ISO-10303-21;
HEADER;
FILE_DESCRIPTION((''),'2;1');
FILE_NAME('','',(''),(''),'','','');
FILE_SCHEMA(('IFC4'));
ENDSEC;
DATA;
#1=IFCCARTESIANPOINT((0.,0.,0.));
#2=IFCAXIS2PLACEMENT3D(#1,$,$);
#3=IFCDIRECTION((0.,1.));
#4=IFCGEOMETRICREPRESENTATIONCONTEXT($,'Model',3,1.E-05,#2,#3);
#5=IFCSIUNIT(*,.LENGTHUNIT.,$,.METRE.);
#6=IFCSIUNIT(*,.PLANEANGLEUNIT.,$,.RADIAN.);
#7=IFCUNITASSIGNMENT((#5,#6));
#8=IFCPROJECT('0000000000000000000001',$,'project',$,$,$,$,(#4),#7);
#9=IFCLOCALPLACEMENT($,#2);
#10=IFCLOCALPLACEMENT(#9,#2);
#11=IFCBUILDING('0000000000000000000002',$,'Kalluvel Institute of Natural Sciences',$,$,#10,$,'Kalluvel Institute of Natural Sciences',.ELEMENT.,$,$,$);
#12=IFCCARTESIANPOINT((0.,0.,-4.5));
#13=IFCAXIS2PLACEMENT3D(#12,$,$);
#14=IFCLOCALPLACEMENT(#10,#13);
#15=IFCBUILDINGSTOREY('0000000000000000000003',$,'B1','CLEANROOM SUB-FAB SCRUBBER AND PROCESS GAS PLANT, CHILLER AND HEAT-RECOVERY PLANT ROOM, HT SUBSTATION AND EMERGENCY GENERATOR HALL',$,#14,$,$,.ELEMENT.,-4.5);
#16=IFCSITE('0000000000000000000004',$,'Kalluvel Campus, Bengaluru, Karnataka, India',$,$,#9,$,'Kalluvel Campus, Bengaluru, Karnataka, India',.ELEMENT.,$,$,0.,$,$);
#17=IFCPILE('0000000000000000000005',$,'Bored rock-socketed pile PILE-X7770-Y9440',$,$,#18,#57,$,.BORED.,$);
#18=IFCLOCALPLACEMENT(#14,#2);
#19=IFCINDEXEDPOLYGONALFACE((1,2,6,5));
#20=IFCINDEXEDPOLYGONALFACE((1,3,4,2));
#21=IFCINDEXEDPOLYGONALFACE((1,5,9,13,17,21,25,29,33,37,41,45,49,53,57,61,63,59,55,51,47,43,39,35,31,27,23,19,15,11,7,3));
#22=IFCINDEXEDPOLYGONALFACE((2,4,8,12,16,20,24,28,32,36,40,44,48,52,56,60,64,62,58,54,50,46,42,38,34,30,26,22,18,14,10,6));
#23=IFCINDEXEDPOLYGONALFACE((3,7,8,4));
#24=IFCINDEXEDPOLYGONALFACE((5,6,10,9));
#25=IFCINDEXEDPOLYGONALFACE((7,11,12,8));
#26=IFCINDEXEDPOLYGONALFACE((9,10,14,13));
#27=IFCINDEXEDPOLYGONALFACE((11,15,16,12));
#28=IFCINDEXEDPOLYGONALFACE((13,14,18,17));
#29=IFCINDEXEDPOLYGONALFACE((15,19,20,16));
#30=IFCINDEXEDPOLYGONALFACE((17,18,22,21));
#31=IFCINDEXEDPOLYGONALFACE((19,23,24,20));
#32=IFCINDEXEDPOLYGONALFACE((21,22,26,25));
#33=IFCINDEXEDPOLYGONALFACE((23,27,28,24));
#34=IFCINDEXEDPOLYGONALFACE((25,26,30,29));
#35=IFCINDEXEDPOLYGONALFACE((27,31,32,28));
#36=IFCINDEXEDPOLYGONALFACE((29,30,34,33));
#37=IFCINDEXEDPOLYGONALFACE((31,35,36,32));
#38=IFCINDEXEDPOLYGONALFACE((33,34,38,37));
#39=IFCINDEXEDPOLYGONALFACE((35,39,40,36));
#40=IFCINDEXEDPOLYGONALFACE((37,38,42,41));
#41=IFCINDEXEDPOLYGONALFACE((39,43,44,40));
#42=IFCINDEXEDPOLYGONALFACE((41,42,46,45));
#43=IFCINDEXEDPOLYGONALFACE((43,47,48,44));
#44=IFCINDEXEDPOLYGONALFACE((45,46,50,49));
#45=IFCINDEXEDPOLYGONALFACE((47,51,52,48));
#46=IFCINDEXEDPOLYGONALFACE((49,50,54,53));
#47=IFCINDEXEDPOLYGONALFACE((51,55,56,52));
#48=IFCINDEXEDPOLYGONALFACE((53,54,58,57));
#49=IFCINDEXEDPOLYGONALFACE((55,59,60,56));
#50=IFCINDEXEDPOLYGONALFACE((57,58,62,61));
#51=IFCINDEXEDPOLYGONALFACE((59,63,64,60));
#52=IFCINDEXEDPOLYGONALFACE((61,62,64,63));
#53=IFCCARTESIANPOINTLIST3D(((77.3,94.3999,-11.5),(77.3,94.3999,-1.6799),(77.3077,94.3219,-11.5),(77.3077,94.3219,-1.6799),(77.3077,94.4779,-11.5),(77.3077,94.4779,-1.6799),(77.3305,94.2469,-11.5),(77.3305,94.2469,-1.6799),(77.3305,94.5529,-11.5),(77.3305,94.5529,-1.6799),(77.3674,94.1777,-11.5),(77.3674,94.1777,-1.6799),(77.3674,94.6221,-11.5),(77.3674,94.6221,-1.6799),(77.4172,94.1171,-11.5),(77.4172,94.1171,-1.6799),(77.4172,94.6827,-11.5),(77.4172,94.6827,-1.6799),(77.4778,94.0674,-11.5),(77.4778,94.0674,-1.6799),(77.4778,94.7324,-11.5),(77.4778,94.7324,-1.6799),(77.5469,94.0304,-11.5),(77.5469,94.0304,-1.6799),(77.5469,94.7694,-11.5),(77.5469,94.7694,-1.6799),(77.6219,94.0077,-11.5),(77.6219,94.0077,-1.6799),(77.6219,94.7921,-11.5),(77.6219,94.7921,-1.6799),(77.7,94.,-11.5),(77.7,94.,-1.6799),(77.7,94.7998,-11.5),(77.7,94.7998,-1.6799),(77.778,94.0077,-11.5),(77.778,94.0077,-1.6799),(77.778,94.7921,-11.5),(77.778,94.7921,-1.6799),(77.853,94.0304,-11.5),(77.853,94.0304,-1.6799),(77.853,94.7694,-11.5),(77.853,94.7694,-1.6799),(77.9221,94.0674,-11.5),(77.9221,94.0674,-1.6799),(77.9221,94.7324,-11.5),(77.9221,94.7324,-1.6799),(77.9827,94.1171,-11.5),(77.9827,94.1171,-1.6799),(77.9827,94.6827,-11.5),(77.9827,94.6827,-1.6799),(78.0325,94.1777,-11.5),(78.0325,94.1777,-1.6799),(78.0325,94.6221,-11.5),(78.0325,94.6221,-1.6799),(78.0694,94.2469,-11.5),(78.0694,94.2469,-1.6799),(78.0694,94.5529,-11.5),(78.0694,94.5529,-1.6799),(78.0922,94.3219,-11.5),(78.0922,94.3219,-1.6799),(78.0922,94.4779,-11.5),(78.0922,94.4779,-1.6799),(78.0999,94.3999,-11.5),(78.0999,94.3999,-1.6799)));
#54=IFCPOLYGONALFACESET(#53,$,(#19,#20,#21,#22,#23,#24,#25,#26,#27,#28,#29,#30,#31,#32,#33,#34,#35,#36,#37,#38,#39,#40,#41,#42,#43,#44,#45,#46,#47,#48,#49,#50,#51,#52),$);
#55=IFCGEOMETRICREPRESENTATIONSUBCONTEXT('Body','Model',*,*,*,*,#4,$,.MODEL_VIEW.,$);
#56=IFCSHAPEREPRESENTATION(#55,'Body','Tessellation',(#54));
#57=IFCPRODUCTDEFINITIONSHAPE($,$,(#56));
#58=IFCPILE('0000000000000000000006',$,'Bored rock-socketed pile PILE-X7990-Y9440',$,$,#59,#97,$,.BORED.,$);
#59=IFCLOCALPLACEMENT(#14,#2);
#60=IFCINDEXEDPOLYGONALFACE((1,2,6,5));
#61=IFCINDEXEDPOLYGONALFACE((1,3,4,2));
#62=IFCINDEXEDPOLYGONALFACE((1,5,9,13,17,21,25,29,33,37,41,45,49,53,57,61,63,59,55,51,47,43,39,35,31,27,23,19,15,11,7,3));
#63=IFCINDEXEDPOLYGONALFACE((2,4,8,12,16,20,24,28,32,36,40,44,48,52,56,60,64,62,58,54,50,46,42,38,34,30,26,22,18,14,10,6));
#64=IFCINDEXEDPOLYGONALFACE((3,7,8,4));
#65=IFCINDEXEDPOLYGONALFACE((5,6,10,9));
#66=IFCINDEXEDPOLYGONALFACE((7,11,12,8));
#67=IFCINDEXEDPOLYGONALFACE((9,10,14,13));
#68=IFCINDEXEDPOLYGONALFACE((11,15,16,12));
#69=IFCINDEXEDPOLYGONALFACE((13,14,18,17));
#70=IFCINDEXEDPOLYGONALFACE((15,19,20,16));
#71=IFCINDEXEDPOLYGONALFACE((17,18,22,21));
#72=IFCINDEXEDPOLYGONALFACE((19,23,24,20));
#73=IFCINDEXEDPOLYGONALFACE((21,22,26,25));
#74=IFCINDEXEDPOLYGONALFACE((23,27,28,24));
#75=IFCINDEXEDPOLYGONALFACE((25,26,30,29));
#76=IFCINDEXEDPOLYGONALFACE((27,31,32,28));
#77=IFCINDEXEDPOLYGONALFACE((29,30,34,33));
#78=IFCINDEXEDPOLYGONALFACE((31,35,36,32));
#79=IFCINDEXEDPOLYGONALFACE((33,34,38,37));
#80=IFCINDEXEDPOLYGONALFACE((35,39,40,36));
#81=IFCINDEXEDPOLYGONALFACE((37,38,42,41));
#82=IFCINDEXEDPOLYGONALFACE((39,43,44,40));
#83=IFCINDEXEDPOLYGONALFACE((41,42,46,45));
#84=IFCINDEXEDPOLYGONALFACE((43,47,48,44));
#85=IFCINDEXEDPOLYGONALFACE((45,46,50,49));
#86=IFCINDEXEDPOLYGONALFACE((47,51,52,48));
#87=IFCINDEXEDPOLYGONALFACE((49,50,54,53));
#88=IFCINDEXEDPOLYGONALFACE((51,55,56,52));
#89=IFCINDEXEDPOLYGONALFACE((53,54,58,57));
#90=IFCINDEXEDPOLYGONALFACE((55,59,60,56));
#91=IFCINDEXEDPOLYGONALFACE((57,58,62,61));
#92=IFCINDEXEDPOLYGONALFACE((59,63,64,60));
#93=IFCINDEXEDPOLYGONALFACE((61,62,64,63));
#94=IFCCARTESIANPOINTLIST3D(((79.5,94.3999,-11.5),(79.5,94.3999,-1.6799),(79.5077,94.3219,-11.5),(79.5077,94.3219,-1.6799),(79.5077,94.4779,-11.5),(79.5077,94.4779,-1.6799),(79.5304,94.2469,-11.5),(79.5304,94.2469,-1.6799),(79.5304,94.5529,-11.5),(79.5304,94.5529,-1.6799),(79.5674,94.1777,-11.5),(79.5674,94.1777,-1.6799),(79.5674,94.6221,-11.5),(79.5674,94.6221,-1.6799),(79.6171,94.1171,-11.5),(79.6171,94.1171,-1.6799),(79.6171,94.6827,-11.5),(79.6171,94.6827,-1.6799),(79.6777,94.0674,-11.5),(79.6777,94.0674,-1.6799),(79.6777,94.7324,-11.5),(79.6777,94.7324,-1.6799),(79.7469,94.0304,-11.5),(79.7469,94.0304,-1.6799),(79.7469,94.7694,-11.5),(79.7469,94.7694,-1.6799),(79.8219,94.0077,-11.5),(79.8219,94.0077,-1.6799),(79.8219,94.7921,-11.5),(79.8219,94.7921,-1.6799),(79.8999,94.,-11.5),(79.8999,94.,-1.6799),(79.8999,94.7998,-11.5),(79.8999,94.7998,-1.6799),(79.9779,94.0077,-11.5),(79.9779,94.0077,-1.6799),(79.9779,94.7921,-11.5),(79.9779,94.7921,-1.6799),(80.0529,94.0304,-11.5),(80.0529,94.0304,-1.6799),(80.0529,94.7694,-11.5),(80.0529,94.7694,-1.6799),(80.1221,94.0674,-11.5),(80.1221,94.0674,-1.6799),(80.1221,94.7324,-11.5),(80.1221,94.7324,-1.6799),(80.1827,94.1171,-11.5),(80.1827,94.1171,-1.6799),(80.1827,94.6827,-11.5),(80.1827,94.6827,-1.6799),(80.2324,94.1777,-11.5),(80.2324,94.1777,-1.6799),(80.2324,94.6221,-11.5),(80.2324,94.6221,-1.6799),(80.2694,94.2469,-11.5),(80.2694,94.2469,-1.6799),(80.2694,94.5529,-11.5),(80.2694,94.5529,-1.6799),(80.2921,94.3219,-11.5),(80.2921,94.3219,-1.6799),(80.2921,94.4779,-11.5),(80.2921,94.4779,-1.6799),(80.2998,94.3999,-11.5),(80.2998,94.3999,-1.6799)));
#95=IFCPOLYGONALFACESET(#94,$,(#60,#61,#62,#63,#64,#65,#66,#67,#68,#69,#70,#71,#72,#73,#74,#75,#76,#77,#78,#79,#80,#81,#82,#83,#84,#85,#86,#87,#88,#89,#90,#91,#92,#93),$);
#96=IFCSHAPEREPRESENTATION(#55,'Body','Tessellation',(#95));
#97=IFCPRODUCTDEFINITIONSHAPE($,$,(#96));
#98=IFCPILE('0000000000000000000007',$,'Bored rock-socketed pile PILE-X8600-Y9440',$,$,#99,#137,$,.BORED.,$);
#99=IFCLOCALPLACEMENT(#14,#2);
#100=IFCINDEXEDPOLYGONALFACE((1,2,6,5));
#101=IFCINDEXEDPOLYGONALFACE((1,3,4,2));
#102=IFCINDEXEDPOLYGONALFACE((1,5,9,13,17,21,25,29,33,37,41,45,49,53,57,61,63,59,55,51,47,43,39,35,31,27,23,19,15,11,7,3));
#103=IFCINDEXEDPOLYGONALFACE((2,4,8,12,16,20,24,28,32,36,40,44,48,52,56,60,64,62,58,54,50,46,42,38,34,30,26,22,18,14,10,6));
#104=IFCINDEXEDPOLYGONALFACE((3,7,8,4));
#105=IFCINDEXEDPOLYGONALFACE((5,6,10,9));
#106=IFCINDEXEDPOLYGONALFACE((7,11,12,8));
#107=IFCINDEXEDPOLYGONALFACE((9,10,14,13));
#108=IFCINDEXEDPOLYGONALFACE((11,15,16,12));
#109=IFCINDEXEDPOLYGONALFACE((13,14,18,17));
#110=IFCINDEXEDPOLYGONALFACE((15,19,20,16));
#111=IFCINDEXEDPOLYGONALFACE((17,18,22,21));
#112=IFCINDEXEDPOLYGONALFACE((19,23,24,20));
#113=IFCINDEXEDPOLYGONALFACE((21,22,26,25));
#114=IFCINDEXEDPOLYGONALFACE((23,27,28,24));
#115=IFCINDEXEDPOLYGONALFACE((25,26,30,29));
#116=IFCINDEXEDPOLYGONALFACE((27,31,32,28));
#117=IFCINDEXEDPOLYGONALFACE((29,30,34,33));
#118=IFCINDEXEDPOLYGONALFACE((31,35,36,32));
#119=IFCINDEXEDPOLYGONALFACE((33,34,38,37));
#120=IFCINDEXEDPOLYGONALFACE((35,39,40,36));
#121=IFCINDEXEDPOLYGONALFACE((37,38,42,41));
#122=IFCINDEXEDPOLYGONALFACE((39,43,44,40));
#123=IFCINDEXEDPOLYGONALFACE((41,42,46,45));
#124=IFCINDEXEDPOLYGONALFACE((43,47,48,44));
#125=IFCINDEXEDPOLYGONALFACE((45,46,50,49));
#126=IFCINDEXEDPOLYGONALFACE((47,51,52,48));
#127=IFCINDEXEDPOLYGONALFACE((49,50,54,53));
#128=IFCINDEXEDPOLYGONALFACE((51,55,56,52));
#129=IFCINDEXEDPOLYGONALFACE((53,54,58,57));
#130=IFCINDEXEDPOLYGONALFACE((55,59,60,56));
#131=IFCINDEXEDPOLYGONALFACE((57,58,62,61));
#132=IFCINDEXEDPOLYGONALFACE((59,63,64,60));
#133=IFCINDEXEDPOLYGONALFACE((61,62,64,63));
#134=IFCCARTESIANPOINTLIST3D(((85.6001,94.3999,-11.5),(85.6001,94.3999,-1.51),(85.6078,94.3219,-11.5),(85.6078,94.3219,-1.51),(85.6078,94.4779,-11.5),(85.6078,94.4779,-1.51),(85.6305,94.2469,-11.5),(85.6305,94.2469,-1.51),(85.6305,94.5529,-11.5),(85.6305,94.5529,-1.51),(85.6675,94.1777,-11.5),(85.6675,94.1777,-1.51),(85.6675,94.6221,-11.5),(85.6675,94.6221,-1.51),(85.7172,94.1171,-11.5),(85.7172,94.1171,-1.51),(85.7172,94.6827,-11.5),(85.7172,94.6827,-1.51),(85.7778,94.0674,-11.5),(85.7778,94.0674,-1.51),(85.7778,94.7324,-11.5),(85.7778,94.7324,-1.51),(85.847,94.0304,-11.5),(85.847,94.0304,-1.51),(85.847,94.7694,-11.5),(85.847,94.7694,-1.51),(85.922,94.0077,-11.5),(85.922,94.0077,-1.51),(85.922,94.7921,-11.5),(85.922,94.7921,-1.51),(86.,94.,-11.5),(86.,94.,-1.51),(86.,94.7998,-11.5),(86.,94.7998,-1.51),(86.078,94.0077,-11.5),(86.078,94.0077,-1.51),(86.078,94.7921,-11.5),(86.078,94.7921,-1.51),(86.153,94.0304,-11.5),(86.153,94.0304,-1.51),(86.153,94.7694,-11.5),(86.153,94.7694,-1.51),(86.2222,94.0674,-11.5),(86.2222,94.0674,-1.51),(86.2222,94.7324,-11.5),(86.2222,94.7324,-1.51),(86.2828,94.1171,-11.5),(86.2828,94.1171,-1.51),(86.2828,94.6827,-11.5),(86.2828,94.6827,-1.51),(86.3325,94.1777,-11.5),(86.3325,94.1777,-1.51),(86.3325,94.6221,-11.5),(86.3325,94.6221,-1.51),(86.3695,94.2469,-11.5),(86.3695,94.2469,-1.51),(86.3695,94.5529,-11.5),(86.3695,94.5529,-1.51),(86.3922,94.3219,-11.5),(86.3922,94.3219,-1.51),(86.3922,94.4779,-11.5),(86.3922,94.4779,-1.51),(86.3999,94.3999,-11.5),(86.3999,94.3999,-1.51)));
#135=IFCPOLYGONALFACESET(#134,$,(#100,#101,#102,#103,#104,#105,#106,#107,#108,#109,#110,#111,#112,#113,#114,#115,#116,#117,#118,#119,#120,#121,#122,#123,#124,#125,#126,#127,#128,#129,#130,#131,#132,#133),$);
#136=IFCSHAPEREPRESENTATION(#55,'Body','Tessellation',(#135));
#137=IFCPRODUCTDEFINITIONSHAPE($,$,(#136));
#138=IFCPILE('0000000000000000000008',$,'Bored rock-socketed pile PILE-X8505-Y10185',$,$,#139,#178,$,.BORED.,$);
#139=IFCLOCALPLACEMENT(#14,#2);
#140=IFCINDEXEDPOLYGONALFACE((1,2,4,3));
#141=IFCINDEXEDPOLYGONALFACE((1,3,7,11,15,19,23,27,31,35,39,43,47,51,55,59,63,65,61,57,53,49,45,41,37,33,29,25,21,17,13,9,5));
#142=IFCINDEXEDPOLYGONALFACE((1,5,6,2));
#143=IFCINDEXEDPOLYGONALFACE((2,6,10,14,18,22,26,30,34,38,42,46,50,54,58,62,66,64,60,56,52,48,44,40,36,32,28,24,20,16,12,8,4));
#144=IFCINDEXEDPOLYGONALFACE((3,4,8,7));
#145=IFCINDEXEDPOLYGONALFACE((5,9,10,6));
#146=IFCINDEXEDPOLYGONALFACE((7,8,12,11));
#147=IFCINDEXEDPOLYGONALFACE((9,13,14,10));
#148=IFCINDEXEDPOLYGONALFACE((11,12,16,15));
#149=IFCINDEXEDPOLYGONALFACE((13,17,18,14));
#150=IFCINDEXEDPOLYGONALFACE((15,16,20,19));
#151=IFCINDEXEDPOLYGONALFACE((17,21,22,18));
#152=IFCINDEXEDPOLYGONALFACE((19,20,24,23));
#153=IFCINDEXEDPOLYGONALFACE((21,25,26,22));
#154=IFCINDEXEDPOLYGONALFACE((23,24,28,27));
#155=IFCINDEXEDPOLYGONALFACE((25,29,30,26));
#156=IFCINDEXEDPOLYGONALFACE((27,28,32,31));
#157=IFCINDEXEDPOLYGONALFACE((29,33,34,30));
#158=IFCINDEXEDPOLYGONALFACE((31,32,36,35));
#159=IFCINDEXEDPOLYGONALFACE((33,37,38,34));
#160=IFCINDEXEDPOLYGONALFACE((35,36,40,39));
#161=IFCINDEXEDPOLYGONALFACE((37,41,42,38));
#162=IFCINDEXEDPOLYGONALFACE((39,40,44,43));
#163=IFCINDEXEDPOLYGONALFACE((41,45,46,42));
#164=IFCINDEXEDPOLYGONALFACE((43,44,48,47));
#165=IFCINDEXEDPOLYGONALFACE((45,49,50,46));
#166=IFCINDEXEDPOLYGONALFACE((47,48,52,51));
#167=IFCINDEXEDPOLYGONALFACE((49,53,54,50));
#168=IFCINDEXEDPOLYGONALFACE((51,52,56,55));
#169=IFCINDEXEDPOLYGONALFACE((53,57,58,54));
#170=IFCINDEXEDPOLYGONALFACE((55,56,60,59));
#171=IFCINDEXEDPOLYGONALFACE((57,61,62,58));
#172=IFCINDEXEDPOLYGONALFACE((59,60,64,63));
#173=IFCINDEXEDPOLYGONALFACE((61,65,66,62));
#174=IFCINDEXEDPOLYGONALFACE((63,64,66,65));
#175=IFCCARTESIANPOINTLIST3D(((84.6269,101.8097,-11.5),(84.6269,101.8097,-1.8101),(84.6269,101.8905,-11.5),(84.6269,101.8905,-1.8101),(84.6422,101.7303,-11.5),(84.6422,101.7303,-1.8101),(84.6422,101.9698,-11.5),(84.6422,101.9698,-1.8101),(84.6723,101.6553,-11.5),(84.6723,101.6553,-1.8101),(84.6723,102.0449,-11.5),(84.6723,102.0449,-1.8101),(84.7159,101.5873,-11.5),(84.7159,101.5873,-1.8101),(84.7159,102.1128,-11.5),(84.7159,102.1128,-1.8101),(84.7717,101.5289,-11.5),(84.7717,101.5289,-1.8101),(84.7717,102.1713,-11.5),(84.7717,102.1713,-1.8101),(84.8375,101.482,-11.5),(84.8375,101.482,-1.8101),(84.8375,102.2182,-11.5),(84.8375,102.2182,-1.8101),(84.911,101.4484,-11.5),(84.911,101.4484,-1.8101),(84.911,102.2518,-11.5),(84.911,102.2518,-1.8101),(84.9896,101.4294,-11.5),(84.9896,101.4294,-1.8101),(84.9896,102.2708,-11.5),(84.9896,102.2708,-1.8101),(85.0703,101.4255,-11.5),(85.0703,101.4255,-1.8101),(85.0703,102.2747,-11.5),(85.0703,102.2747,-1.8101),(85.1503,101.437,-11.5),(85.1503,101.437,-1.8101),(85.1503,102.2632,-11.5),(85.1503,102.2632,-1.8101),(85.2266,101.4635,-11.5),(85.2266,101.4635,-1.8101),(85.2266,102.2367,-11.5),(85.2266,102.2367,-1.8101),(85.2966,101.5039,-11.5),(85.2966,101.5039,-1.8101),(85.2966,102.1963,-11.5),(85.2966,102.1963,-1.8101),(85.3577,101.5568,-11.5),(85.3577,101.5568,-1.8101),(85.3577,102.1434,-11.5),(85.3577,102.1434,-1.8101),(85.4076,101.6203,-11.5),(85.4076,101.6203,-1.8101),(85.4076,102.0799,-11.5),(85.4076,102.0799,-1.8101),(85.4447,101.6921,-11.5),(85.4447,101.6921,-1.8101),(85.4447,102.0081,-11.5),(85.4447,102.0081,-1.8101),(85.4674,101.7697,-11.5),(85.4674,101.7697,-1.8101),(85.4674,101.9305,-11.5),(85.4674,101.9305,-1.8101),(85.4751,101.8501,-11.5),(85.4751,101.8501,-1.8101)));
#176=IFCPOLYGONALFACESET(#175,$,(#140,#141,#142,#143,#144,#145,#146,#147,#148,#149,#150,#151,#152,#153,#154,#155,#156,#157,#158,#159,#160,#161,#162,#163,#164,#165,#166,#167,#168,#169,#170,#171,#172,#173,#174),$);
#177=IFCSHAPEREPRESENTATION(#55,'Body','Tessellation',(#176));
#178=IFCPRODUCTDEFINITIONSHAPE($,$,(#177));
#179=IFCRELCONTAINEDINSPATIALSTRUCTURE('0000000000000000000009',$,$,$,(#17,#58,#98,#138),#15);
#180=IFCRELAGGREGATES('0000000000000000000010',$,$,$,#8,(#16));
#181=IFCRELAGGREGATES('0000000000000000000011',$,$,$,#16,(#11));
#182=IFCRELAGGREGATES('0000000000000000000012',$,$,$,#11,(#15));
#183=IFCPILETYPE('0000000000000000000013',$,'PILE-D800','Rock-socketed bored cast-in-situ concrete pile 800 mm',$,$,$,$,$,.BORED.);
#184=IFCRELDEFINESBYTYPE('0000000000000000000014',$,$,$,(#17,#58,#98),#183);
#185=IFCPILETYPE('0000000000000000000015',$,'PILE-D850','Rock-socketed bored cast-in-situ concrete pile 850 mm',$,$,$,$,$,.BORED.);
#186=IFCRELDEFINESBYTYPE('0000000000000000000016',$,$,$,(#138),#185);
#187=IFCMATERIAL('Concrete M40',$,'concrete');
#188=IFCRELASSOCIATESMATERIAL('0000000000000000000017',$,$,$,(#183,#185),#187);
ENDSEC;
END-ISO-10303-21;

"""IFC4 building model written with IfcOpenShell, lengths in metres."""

from ifc_helpers import new_model, si_unit, direction, frame, origin, origin_2d, place, context, subcontext, project, spatial, circle, extrude, material, material_profile, profile_set, type_object, element, save


model = new_model("IFC4")

# Units and contexts
model_context = context("Model", 3, precision=1e-05, world=origin(), true_north=direction((0.0, 1.0)))
body_context = subcontext(model_context, "Body", "Model", "MODEL_VIEW")
ifc_project = project(units=[si_unit("LENGTHUNIT", "METRE"), si_unit("PLANEANGLEUNIT", "RADIAN")], contexts=[model_context])

# Site, building, storey
site_placement = place(None, origin())
site = spatial("IfcSite", under=ifc_project, at=site_placement, Name="Kalluvel Campus, Bengaluru, Karnataka, India", LongName="Kalluvel Campus, Bengaluru, Karnataka, India", CompositionType="ELEMENT", RefElevation=0.0)
building_placement = place(site_placement, origin())
building = spatial("IfcBuilding", under=site, at=building_placement, Name="Kalluvel Institute of Natural Sciences", LongName="Kalluvel Institute of Natural Sciences", CompositionType="ELEMENT")
storey_placement = place(building_placement, frame((0.0, 0.0, -4.5)))
storey = spatial("IfcBuildingStorey", under=building, at=storey_placement, Name="B1", Description="CLEANROOM SUB-FAB SCRUBBER AND PROCESS GAS PLANT, CHILLER AND HEAT-RECOVERY PLANT ROOM, HT SUBSTATION AND EMERGENCY GENERATOR HALL", CompositionType="ELEMENT", Elevation=-4.5)

# Shared definitions
ifc_material_1 = material(Name="Concrete M40", Category="concrete")

# Piles
ifc_material_profile_1 = material_profile(ifc_material_1, circle(Radius=0.3999, at=origin_2d()), Name="PILE D800")
ifc_profile_set_1 = profile_set([ifc_material_profile_1], Name="Concrete M40")
pile_type_1 = type_object("IfcPileType", Name="PILE-D800", Description="Rock-socketed bored cast-in-situ concrete pile 800 mm", PredefinedType="BORED", material=ifc_profile_set_1)
for number, where, z_axis, x_axis, name in (
    (1, (77.7, 94.3999, -1.6799), (0.0, 0.0, -1.0), (1.0, 0.0, 0.0), "Bored rock-socketed pile PILE-X7770-Y9440"),
    (2, (79.8999, 94.3999, -1.6799), (0.0, 0.0, -1.0), (1.0, 0.0, 0.0), "Bored rock-socketed pile PILE-X7990-Y9440"),
):
    element("IfcPile", number, at=place(storey_placement, frame(where, z_axis=z_axis, x_axis=x_axis)), inside=storey, type_object=pile_type_1, Name=name, PredefinedType="BORED", context=body_context, shape_type="SweptSolid", body=[
        extrude(circle(Radius=0.3999, at=origin_2d()), origin(), (0.0, 0.0, 1.0), 9.8201),
    ])
pile_1_placement = place(storey_placement, frame((86.0, 94.3999, -1.51), z_axis=(0.0, 0.0, -1.0), x_axis=(1.0, 0.0, 0.0)))
element("IfcPile", 3, at=pile_1_placement, inside=storey, type_object=pile_type_1, Name="Bored rock-socketed pile PILE-X8600-Y9440", PredefinedType="BORED", context=body_context, shape_type="SweptSolid", body=[
    extrude(circle(Radius=0.3999, at=origin_2d()), origin(), (0.0, 0.0, 1.0), 9.99),
])
ifc_material_profile_2 = material_profile(ifc_material_1, circle(Radius=0.425, at=origin_2d()), Name="PILE D850")
ifc_profile_set_2 = profile_set([ifc_material_profile_2], Name="Concrete M40")
pile_type_2 = type_object("IfcPileType", Name="PILE-D850", Description="Rock-socketed bored cast-in-situ concrete pile 850 mm", PredefinedType="BORED", material=ifc_profile_set_2)
for number, where, z_axis, x_axis, name in (
    (4, (85.05, 101.8501, -1.8101), (0.0, 0.0, -1.0), (1.0, 0.0, 0.0), "Bored rock-socketed pile PILE-X8505-Y10185"),
):
    element("IfcPile", number, at=place(storey_placement, frame(where, z_axis=z_axis, x_axis=x_axis)), inside=storey, type_object=pile_type_2, Name=name, PredefinedType="BORED", context=body_context, shape_type="SweptSolid", body=[
        extrude(circle(Radius=0.425, at=origin_2d()), origin(), (0.0, 0.0, 1.0), 9.6899),
    ])

save(model, "model.ifc")
